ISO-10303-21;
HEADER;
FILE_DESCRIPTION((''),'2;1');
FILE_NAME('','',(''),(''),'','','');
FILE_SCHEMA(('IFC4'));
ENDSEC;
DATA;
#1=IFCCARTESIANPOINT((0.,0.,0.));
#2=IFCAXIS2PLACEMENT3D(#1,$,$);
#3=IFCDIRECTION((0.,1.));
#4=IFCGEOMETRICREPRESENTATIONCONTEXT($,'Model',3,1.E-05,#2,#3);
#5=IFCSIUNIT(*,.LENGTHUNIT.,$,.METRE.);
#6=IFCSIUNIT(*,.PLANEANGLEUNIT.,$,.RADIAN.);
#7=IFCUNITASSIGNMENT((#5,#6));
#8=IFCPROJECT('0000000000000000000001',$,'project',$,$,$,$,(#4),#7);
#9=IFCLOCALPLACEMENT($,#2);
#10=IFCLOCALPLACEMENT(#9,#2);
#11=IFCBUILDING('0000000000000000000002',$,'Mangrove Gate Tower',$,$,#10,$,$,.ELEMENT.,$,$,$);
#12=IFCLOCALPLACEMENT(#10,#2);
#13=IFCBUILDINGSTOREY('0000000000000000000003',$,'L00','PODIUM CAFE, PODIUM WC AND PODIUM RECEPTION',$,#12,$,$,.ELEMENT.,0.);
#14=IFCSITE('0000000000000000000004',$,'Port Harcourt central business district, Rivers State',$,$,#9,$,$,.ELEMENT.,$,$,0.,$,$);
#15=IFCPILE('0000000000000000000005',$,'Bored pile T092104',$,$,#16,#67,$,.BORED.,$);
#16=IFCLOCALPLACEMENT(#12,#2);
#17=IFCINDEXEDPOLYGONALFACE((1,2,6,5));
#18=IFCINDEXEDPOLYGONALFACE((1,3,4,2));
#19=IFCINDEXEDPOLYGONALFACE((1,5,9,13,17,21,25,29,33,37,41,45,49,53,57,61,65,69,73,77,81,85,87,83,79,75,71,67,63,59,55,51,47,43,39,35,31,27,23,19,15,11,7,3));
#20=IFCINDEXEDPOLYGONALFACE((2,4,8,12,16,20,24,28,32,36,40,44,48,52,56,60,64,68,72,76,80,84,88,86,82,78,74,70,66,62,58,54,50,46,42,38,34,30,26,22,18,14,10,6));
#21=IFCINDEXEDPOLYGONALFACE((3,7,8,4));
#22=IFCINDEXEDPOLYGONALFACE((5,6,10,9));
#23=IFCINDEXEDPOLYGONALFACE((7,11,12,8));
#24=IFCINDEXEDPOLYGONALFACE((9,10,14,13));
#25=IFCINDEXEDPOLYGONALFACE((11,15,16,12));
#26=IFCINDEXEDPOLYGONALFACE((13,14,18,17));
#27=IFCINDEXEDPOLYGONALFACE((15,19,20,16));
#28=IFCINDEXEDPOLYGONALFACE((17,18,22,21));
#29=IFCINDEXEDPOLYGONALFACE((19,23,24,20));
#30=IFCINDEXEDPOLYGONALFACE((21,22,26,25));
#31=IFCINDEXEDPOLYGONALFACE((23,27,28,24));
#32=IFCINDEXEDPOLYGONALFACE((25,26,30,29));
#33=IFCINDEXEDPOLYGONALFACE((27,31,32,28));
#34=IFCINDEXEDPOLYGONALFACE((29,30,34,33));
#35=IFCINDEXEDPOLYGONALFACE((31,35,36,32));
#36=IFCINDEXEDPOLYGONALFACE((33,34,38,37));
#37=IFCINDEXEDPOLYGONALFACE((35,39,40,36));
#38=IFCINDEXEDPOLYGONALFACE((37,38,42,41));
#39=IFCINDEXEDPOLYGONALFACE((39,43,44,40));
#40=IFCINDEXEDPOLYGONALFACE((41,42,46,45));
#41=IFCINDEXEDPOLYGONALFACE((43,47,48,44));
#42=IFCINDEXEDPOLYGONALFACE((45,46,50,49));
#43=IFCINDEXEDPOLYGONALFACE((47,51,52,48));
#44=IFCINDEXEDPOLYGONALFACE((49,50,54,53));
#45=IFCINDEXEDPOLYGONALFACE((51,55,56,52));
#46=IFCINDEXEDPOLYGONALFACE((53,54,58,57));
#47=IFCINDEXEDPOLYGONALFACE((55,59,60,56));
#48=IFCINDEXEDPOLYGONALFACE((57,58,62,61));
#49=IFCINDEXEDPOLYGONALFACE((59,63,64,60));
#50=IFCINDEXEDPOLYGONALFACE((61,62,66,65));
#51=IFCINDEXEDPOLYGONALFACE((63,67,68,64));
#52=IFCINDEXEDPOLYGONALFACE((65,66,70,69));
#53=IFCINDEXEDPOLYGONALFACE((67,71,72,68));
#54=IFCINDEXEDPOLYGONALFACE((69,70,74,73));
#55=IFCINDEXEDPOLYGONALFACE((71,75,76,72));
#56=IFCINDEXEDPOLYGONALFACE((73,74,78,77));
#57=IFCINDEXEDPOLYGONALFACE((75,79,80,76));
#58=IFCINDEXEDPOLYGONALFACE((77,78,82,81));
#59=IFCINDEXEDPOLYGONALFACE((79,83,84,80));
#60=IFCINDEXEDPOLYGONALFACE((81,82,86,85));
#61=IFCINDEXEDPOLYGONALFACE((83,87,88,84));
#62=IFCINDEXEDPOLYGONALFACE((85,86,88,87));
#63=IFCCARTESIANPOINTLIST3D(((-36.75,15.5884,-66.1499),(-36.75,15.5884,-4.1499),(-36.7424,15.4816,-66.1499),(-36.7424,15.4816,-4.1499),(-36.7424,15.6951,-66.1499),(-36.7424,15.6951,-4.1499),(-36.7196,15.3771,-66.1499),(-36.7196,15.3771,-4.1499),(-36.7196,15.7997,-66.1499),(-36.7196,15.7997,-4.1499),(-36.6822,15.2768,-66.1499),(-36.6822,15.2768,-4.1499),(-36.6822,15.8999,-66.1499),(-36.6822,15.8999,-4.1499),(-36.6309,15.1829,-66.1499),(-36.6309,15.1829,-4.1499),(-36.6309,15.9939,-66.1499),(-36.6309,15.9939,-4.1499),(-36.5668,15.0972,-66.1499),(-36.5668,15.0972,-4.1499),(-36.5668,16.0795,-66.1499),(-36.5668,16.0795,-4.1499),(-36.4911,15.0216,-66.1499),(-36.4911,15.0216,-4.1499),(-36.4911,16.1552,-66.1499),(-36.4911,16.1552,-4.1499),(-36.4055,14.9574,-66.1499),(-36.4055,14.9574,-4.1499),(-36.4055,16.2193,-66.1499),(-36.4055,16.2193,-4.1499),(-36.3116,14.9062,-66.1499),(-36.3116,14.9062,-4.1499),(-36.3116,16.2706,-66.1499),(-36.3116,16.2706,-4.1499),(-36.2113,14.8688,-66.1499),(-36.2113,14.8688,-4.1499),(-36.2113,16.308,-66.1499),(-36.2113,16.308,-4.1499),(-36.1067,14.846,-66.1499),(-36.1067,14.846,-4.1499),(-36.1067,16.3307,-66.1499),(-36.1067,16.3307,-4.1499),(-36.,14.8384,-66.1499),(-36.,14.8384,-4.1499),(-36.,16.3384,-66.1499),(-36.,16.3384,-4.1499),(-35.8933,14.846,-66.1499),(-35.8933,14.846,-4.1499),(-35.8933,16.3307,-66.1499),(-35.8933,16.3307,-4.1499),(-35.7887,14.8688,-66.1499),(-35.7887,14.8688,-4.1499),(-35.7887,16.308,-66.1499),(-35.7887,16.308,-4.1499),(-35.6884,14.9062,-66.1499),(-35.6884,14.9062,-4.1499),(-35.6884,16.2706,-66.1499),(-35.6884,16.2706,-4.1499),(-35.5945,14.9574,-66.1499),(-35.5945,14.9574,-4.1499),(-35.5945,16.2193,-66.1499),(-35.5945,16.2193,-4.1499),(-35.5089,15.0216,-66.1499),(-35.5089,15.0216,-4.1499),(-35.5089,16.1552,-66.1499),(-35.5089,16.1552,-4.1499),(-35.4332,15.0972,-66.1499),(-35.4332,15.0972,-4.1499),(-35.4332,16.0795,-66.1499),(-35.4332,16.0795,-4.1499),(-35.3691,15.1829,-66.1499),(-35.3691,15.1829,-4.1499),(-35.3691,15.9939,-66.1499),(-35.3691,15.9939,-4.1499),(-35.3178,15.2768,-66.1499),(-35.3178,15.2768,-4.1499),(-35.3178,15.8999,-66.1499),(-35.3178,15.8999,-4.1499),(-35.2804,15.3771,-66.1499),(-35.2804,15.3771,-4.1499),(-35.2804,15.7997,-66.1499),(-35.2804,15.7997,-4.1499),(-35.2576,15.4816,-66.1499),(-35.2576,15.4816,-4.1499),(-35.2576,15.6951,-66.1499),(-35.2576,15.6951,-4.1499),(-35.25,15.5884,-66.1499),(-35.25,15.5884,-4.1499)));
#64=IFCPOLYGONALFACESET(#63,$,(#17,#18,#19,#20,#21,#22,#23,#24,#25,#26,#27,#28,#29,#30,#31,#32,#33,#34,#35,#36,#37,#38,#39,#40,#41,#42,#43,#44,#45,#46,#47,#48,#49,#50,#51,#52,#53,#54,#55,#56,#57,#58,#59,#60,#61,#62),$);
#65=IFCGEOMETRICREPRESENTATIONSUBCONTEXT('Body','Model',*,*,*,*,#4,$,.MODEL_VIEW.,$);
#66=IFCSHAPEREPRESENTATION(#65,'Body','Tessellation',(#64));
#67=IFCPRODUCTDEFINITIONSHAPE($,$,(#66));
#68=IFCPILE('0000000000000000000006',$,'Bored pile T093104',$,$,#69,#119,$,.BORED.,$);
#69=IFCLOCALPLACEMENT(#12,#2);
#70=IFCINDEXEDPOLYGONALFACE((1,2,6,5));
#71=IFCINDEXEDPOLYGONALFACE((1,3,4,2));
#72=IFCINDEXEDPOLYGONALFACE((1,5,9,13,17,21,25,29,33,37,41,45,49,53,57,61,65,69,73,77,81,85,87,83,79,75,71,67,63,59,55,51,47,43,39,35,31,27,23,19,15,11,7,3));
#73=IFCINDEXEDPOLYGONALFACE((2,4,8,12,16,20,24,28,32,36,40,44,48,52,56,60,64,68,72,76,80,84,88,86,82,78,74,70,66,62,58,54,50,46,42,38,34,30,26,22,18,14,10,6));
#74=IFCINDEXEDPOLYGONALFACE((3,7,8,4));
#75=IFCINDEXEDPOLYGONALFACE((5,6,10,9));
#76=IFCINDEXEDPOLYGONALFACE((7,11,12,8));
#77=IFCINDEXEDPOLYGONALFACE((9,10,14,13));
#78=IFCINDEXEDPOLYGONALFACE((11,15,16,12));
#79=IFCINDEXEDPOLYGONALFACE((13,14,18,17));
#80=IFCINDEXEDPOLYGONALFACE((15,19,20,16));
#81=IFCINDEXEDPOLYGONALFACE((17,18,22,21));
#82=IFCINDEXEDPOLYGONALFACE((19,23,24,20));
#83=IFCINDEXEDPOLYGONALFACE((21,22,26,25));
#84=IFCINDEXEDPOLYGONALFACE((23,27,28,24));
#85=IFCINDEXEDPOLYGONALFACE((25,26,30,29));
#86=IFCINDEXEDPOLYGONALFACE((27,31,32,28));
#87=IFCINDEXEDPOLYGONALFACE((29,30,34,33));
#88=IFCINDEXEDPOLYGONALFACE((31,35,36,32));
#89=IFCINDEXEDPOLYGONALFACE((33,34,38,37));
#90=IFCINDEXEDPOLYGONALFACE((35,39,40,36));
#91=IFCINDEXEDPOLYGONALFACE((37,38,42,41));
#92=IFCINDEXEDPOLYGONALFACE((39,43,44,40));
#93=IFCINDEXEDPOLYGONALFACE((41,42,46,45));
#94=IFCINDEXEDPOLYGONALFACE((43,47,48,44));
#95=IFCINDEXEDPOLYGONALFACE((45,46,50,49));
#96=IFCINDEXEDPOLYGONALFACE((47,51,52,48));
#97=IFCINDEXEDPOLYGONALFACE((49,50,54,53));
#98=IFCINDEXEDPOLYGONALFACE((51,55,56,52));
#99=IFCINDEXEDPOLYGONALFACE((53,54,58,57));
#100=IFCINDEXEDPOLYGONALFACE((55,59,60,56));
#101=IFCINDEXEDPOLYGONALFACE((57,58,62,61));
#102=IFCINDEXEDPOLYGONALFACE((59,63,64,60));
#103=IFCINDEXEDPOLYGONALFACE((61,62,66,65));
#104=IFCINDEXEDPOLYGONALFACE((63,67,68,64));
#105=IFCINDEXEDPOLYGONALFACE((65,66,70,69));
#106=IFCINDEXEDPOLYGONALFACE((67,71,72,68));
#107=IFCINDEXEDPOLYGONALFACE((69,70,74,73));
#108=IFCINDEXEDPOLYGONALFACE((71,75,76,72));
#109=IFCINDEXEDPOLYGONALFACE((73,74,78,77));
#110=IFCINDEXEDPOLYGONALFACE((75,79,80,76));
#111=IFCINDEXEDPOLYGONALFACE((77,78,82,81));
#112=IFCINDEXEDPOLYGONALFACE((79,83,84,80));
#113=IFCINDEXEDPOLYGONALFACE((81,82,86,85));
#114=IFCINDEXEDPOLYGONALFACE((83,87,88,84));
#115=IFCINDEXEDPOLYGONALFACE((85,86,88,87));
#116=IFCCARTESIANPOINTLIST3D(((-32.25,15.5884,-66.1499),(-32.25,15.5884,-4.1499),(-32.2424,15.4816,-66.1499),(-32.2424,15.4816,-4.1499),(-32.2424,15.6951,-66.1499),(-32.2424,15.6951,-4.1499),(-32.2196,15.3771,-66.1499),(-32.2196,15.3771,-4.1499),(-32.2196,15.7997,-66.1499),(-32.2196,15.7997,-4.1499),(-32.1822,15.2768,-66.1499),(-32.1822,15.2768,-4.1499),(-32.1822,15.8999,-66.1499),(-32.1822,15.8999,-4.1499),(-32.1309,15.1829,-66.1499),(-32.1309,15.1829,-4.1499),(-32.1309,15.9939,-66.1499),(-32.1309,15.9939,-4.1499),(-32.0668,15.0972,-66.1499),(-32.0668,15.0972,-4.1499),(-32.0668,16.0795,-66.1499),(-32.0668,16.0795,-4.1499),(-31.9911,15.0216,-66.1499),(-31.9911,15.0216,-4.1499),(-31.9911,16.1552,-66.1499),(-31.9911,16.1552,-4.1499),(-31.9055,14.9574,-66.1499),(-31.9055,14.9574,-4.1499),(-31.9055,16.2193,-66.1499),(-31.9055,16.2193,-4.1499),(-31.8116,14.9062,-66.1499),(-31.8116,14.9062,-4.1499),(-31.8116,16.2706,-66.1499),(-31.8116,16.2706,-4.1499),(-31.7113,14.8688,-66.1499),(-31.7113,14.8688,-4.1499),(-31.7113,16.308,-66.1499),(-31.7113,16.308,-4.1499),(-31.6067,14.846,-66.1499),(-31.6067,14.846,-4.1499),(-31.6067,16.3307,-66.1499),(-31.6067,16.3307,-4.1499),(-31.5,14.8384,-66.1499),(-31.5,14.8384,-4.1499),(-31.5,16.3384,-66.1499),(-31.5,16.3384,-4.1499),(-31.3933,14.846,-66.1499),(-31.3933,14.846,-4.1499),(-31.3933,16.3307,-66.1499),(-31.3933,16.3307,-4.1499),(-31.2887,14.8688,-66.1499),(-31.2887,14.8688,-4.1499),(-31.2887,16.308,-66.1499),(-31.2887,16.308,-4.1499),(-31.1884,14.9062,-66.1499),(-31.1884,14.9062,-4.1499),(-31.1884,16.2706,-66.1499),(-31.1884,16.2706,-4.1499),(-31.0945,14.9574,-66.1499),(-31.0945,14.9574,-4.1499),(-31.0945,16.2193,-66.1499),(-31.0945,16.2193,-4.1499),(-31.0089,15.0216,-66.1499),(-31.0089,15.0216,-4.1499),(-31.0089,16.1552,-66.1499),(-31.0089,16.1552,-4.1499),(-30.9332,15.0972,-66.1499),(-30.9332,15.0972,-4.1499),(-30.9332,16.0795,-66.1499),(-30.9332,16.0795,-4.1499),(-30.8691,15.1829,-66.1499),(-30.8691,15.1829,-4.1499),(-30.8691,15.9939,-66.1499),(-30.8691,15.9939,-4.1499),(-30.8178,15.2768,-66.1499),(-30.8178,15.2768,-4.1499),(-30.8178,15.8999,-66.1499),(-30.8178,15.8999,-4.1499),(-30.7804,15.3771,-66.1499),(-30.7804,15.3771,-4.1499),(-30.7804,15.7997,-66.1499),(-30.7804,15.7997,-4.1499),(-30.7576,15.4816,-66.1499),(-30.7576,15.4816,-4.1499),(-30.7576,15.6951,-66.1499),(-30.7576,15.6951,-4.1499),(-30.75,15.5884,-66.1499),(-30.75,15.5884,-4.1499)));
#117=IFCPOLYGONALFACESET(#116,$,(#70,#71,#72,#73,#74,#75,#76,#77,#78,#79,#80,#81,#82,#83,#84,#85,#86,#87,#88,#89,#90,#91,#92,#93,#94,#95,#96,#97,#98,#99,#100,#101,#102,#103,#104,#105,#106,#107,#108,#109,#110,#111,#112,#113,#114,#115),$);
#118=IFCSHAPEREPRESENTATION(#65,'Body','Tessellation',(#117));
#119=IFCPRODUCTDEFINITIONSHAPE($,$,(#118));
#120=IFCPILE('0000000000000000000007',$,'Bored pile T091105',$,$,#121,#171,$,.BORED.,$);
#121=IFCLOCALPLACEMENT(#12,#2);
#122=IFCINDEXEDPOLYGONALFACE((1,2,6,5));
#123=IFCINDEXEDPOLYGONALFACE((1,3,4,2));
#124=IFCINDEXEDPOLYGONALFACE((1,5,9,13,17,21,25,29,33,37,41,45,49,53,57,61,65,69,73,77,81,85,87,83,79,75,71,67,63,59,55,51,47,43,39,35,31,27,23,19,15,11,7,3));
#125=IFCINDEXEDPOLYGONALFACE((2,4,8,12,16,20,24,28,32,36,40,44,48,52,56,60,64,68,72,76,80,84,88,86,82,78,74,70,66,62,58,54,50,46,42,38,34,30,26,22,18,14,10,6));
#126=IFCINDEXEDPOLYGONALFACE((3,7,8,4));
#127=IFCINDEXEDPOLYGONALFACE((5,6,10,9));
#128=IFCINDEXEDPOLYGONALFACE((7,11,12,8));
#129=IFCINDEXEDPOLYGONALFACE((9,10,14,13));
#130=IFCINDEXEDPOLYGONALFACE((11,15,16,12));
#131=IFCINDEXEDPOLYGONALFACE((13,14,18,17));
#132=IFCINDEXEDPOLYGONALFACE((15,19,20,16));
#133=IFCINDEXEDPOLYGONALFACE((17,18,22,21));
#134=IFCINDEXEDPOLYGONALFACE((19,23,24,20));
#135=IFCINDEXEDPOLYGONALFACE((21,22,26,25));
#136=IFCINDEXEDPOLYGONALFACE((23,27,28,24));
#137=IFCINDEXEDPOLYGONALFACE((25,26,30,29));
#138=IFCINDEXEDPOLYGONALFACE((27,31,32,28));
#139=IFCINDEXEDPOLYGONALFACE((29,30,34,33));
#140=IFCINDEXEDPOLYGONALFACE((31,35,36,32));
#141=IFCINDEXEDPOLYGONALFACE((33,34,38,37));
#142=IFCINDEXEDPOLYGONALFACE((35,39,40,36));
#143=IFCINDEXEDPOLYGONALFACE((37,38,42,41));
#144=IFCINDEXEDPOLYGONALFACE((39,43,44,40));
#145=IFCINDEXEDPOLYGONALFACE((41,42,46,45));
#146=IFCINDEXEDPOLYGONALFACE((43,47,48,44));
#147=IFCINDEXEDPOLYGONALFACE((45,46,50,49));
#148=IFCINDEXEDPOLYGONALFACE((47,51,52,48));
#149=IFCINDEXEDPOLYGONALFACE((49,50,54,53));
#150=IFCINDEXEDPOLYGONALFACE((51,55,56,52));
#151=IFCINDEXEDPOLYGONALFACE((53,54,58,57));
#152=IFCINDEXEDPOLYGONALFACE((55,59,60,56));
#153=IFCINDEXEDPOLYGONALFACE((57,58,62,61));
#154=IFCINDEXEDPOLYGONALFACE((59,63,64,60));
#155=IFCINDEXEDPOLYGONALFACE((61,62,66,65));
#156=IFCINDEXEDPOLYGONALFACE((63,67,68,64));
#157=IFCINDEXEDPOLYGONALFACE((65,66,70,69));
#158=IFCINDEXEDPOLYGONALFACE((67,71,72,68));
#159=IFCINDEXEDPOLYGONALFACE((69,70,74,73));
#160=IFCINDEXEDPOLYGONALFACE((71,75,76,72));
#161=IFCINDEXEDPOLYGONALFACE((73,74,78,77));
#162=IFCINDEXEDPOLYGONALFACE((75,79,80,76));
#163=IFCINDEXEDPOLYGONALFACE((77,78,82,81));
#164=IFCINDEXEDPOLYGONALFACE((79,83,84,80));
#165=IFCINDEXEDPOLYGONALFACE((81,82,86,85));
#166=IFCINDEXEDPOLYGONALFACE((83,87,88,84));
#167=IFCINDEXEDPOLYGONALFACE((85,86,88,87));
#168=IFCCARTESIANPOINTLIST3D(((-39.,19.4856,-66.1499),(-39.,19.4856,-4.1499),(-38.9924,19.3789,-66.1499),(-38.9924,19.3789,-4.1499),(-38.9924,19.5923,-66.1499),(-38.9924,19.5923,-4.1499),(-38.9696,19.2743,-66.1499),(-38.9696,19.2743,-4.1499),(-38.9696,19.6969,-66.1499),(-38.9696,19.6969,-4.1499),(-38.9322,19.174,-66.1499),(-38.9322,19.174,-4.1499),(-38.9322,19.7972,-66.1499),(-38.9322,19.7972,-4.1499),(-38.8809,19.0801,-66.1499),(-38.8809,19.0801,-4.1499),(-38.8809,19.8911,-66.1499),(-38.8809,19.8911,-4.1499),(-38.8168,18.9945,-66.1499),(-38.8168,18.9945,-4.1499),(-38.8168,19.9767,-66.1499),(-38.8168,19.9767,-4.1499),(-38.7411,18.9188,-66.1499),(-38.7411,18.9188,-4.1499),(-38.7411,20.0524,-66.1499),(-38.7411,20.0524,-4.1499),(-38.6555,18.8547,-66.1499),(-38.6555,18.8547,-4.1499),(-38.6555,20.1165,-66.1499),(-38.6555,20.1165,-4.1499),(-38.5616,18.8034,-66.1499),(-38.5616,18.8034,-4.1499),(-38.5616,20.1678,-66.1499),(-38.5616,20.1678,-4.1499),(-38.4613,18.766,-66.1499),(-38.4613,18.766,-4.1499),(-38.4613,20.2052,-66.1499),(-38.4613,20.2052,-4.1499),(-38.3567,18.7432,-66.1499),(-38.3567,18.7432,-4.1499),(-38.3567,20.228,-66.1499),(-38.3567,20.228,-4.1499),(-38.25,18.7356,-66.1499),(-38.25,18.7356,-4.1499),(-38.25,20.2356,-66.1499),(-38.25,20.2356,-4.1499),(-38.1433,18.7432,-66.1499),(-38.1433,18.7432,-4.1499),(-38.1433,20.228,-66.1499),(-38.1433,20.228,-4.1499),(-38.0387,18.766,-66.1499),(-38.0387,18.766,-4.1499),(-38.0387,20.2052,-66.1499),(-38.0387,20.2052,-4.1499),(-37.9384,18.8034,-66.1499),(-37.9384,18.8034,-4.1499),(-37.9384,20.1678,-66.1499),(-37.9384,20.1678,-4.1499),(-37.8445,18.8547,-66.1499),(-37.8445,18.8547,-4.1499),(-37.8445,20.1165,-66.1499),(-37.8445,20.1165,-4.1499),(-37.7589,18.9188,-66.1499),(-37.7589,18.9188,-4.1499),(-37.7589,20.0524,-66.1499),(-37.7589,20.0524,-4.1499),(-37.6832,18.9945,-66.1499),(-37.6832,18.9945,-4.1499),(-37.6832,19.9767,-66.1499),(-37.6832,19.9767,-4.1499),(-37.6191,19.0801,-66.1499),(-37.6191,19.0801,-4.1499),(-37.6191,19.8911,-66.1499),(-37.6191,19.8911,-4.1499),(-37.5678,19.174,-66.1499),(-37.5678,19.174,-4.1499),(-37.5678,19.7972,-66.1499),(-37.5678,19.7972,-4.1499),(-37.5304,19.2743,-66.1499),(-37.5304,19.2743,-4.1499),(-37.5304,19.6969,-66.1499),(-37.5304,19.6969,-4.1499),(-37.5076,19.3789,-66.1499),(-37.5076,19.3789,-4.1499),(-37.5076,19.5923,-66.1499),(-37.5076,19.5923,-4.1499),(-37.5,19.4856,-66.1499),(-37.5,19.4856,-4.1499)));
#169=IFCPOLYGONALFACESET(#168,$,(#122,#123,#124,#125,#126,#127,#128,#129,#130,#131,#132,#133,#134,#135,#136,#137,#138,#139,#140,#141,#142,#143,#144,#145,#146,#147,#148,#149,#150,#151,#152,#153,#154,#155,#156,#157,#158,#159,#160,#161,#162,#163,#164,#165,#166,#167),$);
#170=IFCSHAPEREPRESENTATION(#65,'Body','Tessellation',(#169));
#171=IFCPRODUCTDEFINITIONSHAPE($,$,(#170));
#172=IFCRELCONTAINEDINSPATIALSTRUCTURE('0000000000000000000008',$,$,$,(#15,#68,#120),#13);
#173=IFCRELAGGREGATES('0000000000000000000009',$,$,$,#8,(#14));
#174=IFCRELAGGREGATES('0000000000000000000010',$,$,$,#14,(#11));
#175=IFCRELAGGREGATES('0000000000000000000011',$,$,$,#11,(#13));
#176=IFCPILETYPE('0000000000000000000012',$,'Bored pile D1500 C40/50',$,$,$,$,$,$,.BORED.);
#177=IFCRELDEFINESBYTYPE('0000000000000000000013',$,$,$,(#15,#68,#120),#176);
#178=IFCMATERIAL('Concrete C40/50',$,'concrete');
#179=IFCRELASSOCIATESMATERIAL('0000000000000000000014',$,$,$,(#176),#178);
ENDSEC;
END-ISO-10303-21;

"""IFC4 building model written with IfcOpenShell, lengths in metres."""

from ifc_helpers import new_model, si_unit, direction, frame, origin, origin_2d, place, context, subcontext, project, spatial, circle, extrude, material, material_profile, profile_set, type_object, element, save


model = new_model("IFC4")

# Units and contexts
model_context = context("Model", 3, precision=1e-05, world=origin(), true_north=direction((0.0, 1.0)))
body_context = subcontext(model_context, "Body", "Model", "MODEL_VIEW")
ifc_project = project(units=[si_unit("LENGTHUNIT", "METRE"), si_unit("PLANEANGLEUNIT", "RADIAN")], contexts=[model_context])

# Site, building, storey
site_placement = place(None, origin())
site = spatial("IfcSite", under=ifc_project, at=site_placement, Name="Port Harcourt central business district, Rivers State", CompositionType="ELEMENT", RefElevation=0.0)
building_placement = place(site_placement, origin())
building = spatial("IfcBuilding", under=site, at=building_placement, Name="Mangrove Gate Tower", CompositionType="ELEMENT")
storey_placement = place(building_placement, origin())
storey = spatial("IfcBuildingStorey", under=building, at=storey_placement, Name="L00", Description="PODIUM CAFE, PODIUM WC AND PODIUM RECEPTION", CompositionType="ELEMENT", Elevation=0.0)

# Piles
ifc_material_1 = material(Name="Concrete C40/50", Category="concrete")
ifc_material_profile_1 = material_profile(ifc_material_1, circle(Radius=0.75, at=origin_2d()))
ifc_profile_set_1 = profile_set([ifc_material_profile_1], Name="Concrete C40/50")
pile_type = type_object("IfcPileType", Name="Bored pile D1500 C40/50", PredefinedType="BORED", material=ifc_profile_set_1)
for number, where, z_axis, x_axis, name in (
    (1, (-36.0, 15.5884, -4.1499), (0.0, 0.0, -1.0), (1.0, 0.0, 0.0), "Bored pile T092104"),
    (2, (-31.5, 15.5884, -4.1499), (0.0, 0.0, -1.0), (1.0, 0.0, 0.0), "Bored pile T093104"),
    (3, (-38.25, 19.4856, -4.1499), (0.0, 0.0, -1.0), (1.0, 0.0, 0.0), "Bored pile T091105"),
):
    element("IfcPile", number, at=place(storey_placement, frame(where, z_axis=z_axis, x_axis=x_axis)), inside=storey, type_object=pile_type, Name=name, PredefinedType="BORED", context=body_context, shape_type="SweptSolid", body=[
        extrude(circle(Radius=0.75, at=origin_2d()), origin(), (0.0, 0.0, 1.0), 62.0),
    ])

save(model, "model.ifc")
